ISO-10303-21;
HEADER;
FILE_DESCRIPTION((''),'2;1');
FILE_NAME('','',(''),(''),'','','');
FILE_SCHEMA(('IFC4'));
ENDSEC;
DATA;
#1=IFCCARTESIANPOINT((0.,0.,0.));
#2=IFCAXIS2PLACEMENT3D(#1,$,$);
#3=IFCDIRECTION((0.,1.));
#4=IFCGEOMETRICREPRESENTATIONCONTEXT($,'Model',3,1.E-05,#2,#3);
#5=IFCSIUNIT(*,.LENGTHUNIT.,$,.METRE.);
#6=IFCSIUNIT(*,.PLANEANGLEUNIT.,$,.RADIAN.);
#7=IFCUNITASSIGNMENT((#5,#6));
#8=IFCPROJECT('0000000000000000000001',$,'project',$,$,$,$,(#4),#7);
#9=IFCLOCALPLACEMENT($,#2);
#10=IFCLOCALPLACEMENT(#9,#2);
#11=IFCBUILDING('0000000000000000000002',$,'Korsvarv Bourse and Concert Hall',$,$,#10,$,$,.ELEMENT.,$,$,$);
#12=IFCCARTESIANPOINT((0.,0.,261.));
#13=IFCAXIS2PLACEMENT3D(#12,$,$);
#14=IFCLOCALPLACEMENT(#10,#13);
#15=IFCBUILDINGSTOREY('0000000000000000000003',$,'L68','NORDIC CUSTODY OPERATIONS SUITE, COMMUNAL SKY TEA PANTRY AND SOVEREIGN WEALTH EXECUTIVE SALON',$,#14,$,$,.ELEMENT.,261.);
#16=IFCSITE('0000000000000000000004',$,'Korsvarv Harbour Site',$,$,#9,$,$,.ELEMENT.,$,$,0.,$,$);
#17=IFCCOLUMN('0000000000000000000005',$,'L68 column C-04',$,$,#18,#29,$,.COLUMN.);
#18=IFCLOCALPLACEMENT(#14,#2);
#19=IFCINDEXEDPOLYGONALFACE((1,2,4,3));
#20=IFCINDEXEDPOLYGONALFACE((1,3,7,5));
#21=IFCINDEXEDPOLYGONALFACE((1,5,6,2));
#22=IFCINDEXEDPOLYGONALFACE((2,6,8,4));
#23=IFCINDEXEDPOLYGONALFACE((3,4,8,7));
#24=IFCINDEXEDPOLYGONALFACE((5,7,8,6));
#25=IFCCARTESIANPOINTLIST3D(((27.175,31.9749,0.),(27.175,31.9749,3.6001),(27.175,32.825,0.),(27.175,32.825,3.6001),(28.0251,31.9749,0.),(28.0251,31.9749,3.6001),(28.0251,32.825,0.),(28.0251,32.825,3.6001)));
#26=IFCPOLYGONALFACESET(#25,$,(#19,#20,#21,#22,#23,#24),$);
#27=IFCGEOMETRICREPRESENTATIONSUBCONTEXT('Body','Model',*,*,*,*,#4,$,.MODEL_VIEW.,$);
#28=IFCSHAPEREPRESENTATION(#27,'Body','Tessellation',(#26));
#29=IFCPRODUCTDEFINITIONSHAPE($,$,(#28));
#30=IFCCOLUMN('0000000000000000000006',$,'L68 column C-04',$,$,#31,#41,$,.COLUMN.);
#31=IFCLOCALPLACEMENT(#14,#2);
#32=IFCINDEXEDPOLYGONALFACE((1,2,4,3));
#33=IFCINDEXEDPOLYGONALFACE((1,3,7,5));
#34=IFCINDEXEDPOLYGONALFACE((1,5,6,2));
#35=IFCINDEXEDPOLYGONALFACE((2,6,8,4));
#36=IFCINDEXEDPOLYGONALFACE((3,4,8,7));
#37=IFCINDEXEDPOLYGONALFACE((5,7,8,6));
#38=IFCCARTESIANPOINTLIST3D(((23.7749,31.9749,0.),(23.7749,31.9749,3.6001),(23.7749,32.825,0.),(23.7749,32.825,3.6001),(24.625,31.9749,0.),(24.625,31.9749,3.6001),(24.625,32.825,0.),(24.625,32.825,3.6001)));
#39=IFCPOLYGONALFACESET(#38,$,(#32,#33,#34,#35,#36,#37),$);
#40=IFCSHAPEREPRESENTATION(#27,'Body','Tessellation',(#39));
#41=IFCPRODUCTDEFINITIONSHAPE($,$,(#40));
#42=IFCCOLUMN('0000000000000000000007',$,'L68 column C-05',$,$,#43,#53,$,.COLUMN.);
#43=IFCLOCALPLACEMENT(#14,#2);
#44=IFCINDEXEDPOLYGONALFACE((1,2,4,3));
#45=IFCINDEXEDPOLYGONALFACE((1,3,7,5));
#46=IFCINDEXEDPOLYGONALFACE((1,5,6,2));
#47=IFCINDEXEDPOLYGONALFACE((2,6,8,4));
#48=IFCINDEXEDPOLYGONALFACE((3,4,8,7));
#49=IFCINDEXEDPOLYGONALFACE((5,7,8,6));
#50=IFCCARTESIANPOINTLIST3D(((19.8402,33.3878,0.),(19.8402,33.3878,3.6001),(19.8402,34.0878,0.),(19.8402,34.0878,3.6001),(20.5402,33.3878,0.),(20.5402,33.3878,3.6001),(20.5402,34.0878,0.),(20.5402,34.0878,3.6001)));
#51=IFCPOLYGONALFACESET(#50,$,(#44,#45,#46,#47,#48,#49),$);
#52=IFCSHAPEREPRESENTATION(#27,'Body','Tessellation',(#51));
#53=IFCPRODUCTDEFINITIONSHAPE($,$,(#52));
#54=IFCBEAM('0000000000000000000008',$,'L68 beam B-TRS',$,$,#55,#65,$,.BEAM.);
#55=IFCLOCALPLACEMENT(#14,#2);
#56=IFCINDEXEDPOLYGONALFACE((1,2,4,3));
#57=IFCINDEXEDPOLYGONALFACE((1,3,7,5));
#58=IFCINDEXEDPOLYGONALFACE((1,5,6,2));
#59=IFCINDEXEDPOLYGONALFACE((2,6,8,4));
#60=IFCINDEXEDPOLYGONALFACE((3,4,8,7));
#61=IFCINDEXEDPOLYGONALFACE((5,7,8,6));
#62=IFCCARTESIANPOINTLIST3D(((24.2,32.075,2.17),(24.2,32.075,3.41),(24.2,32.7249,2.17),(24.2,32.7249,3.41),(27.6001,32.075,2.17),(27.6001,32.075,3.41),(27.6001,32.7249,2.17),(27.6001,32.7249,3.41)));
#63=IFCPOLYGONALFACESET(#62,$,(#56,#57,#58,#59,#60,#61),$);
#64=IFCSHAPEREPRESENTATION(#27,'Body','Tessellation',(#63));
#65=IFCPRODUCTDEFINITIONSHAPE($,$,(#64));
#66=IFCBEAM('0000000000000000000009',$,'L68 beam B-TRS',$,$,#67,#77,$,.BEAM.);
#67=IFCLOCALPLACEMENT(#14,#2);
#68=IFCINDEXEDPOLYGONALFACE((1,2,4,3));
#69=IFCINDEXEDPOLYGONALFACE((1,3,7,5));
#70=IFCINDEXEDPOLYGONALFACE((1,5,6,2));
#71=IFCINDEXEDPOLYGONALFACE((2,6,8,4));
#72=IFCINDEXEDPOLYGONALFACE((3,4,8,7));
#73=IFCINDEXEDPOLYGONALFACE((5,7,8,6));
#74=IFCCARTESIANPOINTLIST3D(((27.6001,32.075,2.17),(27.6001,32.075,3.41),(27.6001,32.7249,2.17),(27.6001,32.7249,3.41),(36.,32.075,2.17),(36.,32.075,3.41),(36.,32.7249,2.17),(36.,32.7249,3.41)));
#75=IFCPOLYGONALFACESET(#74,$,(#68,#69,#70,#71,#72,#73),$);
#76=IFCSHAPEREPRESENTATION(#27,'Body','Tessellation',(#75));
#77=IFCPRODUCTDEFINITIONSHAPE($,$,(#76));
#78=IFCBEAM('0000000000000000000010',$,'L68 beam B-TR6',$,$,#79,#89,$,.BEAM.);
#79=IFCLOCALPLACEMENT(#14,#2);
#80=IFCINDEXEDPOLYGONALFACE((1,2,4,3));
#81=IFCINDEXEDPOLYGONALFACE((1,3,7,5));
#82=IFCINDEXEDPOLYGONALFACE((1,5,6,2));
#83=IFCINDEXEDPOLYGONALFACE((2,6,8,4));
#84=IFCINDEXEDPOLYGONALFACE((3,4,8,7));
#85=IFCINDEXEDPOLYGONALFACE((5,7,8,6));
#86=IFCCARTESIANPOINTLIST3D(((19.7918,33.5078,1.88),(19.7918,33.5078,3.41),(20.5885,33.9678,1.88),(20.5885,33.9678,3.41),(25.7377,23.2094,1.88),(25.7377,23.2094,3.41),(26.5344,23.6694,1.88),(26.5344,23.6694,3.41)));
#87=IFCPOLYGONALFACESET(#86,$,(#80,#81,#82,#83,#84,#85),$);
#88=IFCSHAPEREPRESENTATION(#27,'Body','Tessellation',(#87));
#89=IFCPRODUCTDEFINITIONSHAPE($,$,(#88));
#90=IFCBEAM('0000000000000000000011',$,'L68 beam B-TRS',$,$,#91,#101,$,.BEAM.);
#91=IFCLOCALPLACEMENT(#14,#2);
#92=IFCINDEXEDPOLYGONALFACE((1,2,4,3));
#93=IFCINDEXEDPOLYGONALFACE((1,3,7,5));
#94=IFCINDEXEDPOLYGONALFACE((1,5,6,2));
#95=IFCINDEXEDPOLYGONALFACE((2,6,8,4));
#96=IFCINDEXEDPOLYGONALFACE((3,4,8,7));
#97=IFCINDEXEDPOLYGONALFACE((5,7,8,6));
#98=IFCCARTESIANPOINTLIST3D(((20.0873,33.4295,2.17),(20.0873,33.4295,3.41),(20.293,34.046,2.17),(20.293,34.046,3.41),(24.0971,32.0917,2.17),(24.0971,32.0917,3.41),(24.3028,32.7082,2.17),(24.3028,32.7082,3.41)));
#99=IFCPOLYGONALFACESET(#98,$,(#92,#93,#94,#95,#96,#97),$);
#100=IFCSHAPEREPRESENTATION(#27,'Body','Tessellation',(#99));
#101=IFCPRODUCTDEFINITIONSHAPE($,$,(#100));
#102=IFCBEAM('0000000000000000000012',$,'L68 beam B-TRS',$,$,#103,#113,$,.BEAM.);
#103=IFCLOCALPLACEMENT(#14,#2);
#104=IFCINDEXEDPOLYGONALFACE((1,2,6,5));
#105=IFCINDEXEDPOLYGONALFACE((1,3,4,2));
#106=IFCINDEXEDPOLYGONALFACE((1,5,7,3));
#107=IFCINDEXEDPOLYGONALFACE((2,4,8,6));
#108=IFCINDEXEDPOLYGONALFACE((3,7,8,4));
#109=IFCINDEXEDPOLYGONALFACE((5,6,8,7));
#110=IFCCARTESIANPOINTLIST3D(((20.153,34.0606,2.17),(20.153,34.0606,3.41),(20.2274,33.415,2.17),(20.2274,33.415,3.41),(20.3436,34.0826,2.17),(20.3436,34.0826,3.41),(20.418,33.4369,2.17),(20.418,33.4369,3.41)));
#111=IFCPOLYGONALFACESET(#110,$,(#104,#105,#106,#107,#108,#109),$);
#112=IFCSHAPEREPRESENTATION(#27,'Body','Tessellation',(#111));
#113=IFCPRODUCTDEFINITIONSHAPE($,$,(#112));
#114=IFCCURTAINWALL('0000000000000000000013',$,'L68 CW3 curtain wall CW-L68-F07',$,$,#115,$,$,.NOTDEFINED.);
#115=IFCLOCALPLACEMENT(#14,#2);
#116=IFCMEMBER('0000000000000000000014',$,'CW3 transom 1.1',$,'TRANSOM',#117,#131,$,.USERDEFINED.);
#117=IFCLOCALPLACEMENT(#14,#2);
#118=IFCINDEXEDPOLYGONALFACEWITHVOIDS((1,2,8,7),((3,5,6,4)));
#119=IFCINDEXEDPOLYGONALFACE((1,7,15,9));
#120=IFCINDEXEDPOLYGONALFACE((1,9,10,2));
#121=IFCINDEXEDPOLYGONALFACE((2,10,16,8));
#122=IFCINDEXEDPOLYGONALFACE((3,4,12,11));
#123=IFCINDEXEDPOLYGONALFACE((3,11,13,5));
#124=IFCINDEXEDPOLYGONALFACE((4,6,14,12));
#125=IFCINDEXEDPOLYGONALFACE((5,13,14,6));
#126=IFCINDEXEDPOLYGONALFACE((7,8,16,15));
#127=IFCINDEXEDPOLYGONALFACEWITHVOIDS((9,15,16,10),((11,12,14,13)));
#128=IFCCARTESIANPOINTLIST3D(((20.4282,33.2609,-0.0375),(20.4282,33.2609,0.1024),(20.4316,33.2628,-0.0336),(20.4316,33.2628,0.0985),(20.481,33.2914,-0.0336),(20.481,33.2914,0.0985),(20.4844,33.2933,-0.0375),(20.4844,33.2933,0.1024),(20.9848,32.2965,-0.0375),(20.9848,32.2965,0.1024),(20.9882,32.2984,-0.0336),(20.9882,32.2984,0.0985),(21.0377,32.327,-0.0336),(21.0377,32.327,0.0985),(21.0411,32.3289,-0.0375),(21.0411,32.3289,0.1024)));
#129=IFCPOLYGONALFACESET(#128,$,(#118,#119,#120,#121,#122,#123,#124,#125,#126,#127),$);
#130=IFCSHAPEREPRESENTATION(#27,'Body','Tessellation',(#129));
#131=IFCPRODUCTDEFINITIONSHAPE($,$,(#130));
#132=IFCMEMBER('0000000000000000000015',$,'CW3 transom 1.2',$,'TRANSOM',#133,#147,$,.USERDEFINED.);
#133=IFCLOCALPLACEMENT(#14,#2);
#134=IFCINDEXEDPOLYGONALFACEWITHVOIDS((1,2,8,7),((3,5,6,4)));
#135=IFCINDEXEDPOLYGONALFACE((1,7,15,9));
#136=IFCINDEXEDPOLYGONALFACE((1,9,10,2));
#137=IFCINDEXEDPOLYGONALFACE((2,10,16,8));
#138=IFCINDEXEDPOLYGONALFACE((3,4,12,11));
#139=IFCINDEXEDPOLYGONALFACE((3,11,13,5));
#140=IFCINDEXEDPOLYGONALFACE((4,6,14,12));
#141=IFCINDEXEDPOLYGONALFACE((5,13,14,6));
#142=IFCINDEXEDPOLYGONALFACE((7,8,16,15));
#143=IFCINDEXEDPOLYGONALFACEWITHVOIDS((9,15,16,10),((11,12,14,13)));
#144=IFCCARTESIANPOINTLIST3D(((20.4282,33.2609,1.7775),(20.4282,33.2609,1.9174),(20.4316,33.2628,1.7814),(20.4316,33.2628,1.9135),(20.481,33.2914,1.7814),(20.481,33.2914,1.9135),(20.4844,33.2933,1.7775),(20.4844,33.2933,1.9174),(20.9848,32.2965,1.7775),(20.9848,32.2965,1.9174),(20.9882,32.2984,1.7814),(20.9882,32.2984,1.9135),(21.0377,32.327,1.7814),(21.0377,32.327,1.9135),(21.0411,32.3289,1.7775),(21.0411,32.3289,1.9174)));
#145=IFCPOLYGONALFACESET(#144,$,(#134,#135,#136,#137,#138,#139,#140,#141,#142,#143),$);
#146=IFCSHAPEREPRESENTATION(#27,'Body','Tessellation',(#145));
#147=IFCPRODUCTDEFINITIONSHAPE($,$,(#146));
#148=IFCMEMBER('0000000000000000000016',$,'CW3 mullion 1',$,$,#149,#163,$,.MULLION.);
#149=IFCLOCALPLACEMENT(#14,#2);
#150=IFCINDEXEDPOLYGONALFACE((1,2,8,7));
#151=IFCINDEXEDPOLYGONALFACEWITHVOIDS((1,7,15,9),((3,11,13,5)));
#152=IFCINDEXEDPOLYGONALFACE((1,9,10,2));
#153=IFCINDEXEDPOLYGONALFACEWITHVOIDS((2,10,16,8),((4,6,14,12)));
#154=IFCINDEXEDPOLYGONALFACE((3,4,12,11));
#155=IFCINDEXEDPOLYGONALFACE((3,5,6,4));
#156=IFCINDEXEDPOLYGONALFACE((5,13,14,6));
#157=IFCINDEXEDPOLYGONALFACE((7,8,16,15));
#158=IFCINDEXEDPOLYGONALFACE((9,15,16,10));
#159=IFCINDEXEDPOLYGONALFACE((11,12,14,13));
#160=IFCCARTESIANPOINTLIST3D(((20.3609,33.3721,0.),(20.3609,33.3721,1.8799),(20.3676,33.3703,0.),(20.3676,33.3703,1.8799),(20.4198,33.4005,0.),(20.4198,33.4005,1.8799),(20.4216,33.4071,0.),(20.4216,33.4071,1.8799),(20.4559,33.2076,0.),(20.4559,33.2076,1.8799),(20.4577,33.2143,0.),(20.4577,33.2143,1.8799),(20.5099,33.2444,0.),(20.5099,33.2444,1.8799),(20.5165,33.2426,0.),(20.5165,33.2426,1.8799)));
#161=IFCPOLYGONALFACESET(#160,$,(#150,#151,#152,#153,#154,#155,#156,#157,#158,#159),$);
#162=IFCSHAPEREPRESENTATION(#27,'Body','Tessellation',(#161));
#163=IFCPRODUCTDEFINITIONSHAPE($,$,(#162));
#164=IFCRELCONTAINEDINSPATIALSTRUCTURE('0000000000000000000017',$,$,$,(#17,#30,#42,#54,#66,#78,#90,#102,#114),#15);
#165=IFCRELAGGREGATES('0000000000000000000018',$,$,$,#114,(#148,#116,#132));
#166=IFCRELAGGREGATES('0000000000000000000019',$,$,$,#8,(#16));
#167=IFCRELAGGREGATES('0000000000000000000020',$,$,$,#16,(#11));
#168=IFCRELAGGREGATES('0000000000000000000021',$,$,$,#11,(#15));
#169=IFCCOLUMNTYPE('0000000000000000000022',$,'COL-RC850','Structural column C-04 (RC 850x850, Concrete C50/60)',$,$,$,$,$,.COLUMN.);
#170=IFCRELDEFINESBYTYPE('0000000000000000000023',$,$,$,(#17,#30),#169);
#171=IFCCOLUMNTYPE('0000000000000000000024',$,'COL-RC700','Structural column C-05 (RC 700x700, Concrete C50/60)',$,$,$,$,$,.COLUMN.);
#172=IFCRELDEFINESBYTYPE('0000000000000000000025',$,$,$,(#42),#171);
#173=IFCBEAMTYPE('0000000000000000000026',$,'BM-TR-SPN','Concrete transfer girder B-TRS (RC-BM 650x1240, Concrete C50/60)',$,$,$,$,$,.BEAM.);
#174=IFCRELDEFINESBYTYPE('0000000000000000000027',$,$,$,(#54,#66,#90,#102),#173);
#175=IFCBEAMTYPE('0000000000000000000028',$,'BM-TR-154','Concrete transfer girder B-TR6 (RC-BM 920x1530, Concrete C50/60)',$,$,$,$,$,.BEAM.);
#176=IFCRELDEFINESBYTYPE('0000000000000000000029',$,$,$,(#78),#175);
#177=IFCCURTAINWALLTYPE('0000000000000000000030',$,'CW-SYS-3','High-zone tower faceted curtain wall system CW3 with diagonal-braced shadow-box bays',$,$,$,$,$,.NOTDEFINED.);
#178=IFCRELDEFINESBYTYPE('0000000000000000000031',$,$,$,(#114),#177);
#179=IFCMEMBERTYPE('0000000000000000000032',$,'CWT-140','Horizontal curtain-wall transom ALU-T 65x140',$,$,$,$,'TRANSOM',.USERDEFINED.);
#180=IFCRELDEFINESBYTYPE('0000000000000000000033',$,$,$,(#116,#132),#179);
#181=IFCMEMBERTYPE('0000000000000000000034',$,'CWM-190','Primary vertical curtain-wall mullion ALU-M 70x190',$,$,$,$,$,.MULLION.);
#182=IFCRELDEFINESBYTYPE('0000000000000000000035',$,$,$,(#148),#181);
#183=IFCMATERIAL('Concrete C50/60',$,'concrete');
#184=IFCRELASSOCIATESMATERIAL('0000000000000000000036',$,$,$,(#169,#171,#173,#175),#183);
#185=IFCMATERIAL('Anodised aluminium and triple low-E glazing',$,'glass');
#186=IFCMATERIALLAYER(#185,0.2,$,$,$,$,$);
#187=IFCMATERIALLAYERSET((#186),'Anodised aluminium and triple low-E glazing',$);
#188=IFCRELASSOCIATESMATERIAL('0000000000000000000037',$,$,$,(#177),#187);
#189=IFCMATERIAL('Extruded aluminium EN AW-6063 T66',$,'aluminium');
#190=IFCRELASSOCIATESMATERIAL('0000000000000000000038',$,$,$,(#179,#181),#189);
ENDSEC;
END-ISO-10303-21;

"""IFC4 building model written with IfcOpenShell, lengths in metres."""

from ifc_helpers import new_model, si_unit, direction, frame, origin, origin_2d, place, context, subcontext, project, spatial, rectangle, hollow_rectangle, extrude, source, transform, mapped, material, layer, layer_set, material_profile, profile_set, type_object, element, aggregate, save


model = new_model("IFC4")

# Units and contexts
model_context = context("Model", 3, precision=1e-05, world=origin(), true_north=direction((0.0, 1.0)))
body_context = subcontext(model_context, "Body", "Model", "MODEL_VIEW")
ifc_project = project(units=[si_unit("LENGTHUNIT", "METRE"), si_unit("PLANEANGLEUNIT", "RADIAN")], contexts=[model_context])

# Site, building, storey
site_placement = place(None, origin())
site = spatial("IfcSite", under=ifc_project, at=site_placement, Name="Korsvarv Harbour Site", CompositionType="ELEMENT", RefElevation=0.0)
building_placement = place(site_placement, origin())
building = spatial("IfcBuilding", under=site, at=building_placement, Name="Korsvarv Bourse and Concert Hall", CompositionType="ELEMENT")
storey_placement = place(building_placement, frame((0.0, 0.0, 261.0)))
storey = spatial("IfcBuildingStorey", under=building, at=storey_placement, Name="L68", Description="NORDIC CUSTODY OPERATIONS SUITE, COMMUNAL SKY TEA PANTRY AND SOVEREIGN WEALTH EXECUTIVE SALON", CompositionType="ELEMENT", Elevation=261.0)

# Columns
ifc_material_1 = material(Name="Concrete C50/60", Category="concrete")
ifc_material_profile_1 = material_profile(ifc_material_1, rectangle(XDim=0.8501, YDim=0.8501, at=origin_2d()), Name="RC 850x850")
ifc_profile_set_1 = profile_set([ifc_material_profile_1], Name="Concrete C50/60")
column_type_1 = type_object("IfcColumnType", Name="COL-RC850", Description="Structural column C-04 (RC 850x850, Concrete C50/60)", PredefinedType="COLUMN", material=ifc_profile_set_1)
shared_shape_1 = source(origin(), body_context, "Body", "SweptSolid", [
    extrude(rectangle(XDim=0.8501, YDim=0.8501, at=origin_2d()), origin(), (0.0, 0.0, 1.0), 3.6001),
])
for number, where, z_axis, x_axis, name in (
    (1, (27.6001, 32.3999, 0.0), (0.0, 0.0, 1.0), (1.0, 0.0, 0.0), "L68 column C-04"),
    (2, (24.2, 32.3999, 0.0), (0.0, 0.0, 1.0), (1.0, 0.0, 0.0), "L68 column C-04"),
):
    element("IfcColumn", number, at=place(storey_placement, frame(where, z_axis=z_axis, x_axis=x_axis)), inside=storey, type_object=column_type_1, Name=name, PredefinedType="COLUMN", context=body_context, shape_type="MappedRepresentation", body=[
        mapped(shared_shape_1, transform((0.0, 0.0, 0.0), scale=1.0)),
    ])
ifc_material_profile_2 = material_profile(ifc_material_1, rectangle(XDim=0.7, YDim=0.7, at=origin_2d()), Name="RC 700x700")
ifc_profile_set_2 = profile_set([ifc_material_profile_2], Name="Concrete C50/60")
column_type_2 = type_object("IfcColumnType", Name="COL-RC700", Description="Structural column C-05 (RC 700x700, Concrete C50/60)", PredefinedType="COLUMN", material=ifc_profile_set_2)
shared_shape_2 = source(origin(), body_context, "Body", "SweptSolid", [
    extrude(rectangle(XDim=0.7, YDim=0.7, at=origin_2d()), origin(), (0.0, 0.0, 1.0), 3.6001),
])
column_placement = place(storey_placement, frame((20.1902, 33.7378, 0.0), z_axis=(0.0, 0.0, 1.0), x_axis=(1.0, 0.0, 0.0)))
element("IfcColumn", 3, at=column_placement, inside=storey, type_object=column_type_2, Name="L68 column C-05", PredefinedType="COLUMN", context=body_context, shape_type="MappedRepresentation", body=[
    mapped(shared_shape_2, transform((0.0, 0.0, 0.0), scale=1.0)),
])

# Beams
ifc_material_profile_3 = material_profile(ifc_material_1, rectangle(XDim=0.6499, YDim=1.24, at=origin_2d()), Name="RC-BM 650x1240")
ifc_profile_set_3 = profile_set([ifc_material_profile_3], Name="Concrete C50/60")
beam_type_1 = type_object("IfcBeamType", Name="BM-TR-SPN", Description="Concrete transfer girder B-TRS (RC-BM 650x1240, Concrete C50/60)", PredefinedType="BEAM", material=ifc_profile_set_3)
shared_shape_3 = source(origin(), body_context, "Body", "SweptSolid", [
    extrude(rectangle(XDim=0.6499, YDim=1.24, at=origin_2d()), origin(), (0.0, 0.0, 1.0), 3.4001),
])
beam_1_placement = place(storey_placement, frame((24.2, 32.3999, 2.79), z_axis=(1.0, 0.0, 0.0), x_axis=(0.0, 1.0, 0.0)))
element("IfcBeam", 4, at=beam_1_placement, inside=storey, type_object=beam_type_1, Name="L68 beam B-TRS", PredefinedType="BEAM", context=body_context, shape_type="MappedRepresentation", body=[
    mapped(shared_shape_3, transform((0.0, 0.0, 0.0), scale=1.0)),
])
shared_shape_4 = source(origin(), body_context, "Body", "SweptSolid", [
    extrude(rectangle(XDim=0.6499, YDim=1.24, at=origin_2d()), origin(), (0.0, 0.0, 1.0), 8.3999),
])
beam_2_placement = place(storey_placement, frame((27.6001, 32.3999, 2.79), z_axis=(1.0, 0.0, 0.0), x_axis=(0.0, 1.0, 0.0)))
element("IfcBeam", 5, at=beam_2_placement, inside=storey, type_object=beam_type_1, Name="L68 beam B-TRS", PredefinedType="BEAM", context=body_context, shape_type="MappedRepresentation", body=[
    mapped(shared_shape_4, transform((0.0, 0.0, 0.0), scale=1.0)),
])
ifc_material_profile_4 = material_profile(ifc_material_1, rectangle(XDim=0.9199, YDim=1.53, at=origin_2d()), Name="RC-BM 920x1530")
ifc_profile_set_4 = profile_set([ifc_material_profile_4], Name="Concrete C50/60")
beam_type_2 = type_object("IfcBeamType", Name="BM-TR-154", Description="Concrete transfer girder B-TR6 (RC-BM 920x1530, Concrete C50/60)", PredefinedType="BEAM", material=ifc_profile_set_4)
shared_shape_5 = source(origin(), body_context, "Body", "SweptSolid", [
    extrude(rectangle(XDim=0.9199, YDim=1.53, at=origin_2d()), origin(), (0.0, 0.0, 1.0), 11.8916),
])
beam_3_placement = place(storey_placement, frame((20.1902, 33.7378, 2.645), z_axis=(0.500003, -0.866024, 0.0), x_axis=(0.866024, 0.500003, 0.0)))
element("IfcBeam", 6, at=beam_3_placement, inside=storey, type_object=beam_type_2, Name="L68 beam B-TR6", PredefinedType="BEAM", context=body_context, shape_type="MappedRepresentation", body=[
    mapped(shared_shape_5, transform((0.0, 0.0, 0.0), scale=1.0)),
])
shared_shape_6 = source(origin(), body_context, "Body", "SweptSolid", [
    extrude(rectangle(XDim=0.6499, YDim=1.24, at=origin_2d()), origin(), (0.0, 0.0, 1.0), 4.2271),
])
beam_4_placement = place(storey_placement, frame((20.1902, 33.7378, 2.79), z_axis=(0.948591, -0.316505, 0.0), x_axis=(0.316505, 0.948591, 0.0)))
element("IfcBeam", 7, at=beam_4_placement, inside=storey, type_object=beam_type_1, Name="L68 beam B-TRS", PredefinedType="BEAM", context=body_context, shape_type="MappedRepresentation", body=[
    mapped(shared_shape_6, transform((0.0, 0.0, 0.0), scale=1.0)),
])
shared_shape_7 = source(origin(), body_context, "Body", "SweptSolid", [
    extrude(rectangle(XDim=0.6499, YDim=1.24, at=origin_2d()), origin(), (0.0, 0.0, 1.0), 0.1919),
])
beam_5_placement = place(storey_placement, frame((20.1902, 33.7378, 2.79), z_axis=(0.993426, 0.114479, 0.0), x_axis=(-0.114479, 0.993426, 0.0)))
element("IfcBeam", 8, at=beam_5_placement, inside=storey, type_object=beam_type_1, Name="L68 beam B-TRS", PredefinedType="BEAM", context=body_context, shape_type="MappedRepresentation", body=[
    mapped(shared_shape_7, transform((0.0, 0.0, 0.0), scale=1.0)),
])

# Curtain wall, members
ifc_material_2 = material(Name="Anodised aluminium and triple low-E glazing", Category="glass")
ifc_layer_1 = layer(ifc_material_2, 0.2)
ifc_layer_set_1 = layer_set([ifc_layer_1], Name="Anodised aluminium and triple low-E glazing")
curtain_wall_type = type_object("IfcCurtainWallType", Name="CW-SYS-3", Description="High-zone tower faceted curtain wall system CW3 with diagonal-braced shadow-box bays", PredefinedType="NOTDEFINED", material=ifc_layer_set_1)
curtain_wall_placement = place(storey_placement, origin())
curtain_wall = element("IfcCurtainWall", 9, at=curtain_wall_placement, inside=storey, type_object=curtain_wall_type, Name="L68 CW3 curtain wall CW-L68-F07", PredefinedType="NOTDEFINED")
ifc_material_3 = material(Name="Extruded aluminium EN AW-6063 T66", Category="aluminium")
ifc_material_profile_5 = material_profile(ifc_material_3, hollow_rectangle(XDim=0.0649, YDim=0.1399, WallThickness=0.0039, at=origin_2d()), Name="ALU-T 65x140")
ifc_profile_set_5 = profile_set([ifc_material_profile_5], Name="Extruded aluminium EN AW-6063 T66")
member_type_1 = type_object("IfcMemberType", Name="CWT-140", Description="Horizontal curtain-wall transom ALU-T 65x140", ElementType="TRANSOM", PredefinedType="USERDEFINED", material=ifc_profile_set_5)
shared_shape_8 = source(origin(), body_context, "Body", "SweptSolid", [
    extrude(hollow_rectangle(XDim=0.0649, YDim=0.1399, WallThickness=0.0039, at=origin_2d()), origin(), (0.0, 0.0, 1.0), 1.1135),
])
member_1_placement = place(storey_placement, frame((20.4563, 33.2771, 0.0325), z_axis=(0.499912, -0.866076, 0.0), x_axis=(0.866076, 0.499912, 0.0)))
member_1 = element("IfcMember", 10, at=member_1_placement, type_object=member_type_1, Name="CW3 transom 1.1", ObjectType="TRANSOM", PredefinedType="USERDEFINED", context=body_context, shape_type="MappedRepresentation", body=[
    mapped(shared_shape_8, transform((0.0, 0.0, 0.0), scale=1.0)),
])
member_2_placement = place(storey_placement, frame((20.4563, 33.2771, 1.8474), z_axis=(0.499912, -0.866076, 0.0), x_axis=(0.866076, 0.499912, 0.0)))
member_2 = element("IfcMember", 11, at=member_2_placement, type_object=member_type_1, Name="CW3 transom 1.2", ObjectType="TRANSOM", PredefinedType="USERDEFINED", context=body_context, shape_type="MappedRepresentation", body=[
    mapped(shared_shape_8, transform((0.0, 0.0, 0.0), scale=1.0)),
])
ifc_material_profile_6 = material_profile(ifc_material_3, hollow_rectangle(XDim=0.0701, YDim=0.1899, WallThickness=0.0049, at=origin_2d()), Name="ALU-M 70x190")
ifc_profile_set_6 = profile_set([ifc_material_profile_6], Name="Extruded aluminium EN AW-6063 T66")
member_type_2 = type_object("IfcMemberType", Name="CWM-190", Description="Primary vertical curtain-wall mullion ALU-M 70x190", PredefinedType="MULLION", material=ifc_profile_set_6)
shared_shape_9 = source(origin(), body_context, "Body", "SweptSolid", [
    extrude(hollow_rectangle(XDim=0.0701, YDim=0.1899, WallThickness=0.0049, at=origin_2d()), origin(), (0.0, 0.0, 1.0), 1.8799),
])
member_3_placement = place(storey_placement, frame((20.4387, 33.3074, 0.0), z_axis=(0.0, 0.0, 1.0), x_axis=(0.866023, 0.500004, 0.0)))
member_3 = element("IfcMember", 12, at=member_3_placement, type_object=member_type_2, Name="CW3 mullion 1", PredefinedType="MULLION", context=body_context, shape_type="MappedRepresentation", body=[
    mapped(shared_shape_9, transform((0.0, 0.0, 0.0), scale=1.0)),
])
aggregate(curtain_wall, [member_3, member_1, member_2])

save(model, "model.ifc")
